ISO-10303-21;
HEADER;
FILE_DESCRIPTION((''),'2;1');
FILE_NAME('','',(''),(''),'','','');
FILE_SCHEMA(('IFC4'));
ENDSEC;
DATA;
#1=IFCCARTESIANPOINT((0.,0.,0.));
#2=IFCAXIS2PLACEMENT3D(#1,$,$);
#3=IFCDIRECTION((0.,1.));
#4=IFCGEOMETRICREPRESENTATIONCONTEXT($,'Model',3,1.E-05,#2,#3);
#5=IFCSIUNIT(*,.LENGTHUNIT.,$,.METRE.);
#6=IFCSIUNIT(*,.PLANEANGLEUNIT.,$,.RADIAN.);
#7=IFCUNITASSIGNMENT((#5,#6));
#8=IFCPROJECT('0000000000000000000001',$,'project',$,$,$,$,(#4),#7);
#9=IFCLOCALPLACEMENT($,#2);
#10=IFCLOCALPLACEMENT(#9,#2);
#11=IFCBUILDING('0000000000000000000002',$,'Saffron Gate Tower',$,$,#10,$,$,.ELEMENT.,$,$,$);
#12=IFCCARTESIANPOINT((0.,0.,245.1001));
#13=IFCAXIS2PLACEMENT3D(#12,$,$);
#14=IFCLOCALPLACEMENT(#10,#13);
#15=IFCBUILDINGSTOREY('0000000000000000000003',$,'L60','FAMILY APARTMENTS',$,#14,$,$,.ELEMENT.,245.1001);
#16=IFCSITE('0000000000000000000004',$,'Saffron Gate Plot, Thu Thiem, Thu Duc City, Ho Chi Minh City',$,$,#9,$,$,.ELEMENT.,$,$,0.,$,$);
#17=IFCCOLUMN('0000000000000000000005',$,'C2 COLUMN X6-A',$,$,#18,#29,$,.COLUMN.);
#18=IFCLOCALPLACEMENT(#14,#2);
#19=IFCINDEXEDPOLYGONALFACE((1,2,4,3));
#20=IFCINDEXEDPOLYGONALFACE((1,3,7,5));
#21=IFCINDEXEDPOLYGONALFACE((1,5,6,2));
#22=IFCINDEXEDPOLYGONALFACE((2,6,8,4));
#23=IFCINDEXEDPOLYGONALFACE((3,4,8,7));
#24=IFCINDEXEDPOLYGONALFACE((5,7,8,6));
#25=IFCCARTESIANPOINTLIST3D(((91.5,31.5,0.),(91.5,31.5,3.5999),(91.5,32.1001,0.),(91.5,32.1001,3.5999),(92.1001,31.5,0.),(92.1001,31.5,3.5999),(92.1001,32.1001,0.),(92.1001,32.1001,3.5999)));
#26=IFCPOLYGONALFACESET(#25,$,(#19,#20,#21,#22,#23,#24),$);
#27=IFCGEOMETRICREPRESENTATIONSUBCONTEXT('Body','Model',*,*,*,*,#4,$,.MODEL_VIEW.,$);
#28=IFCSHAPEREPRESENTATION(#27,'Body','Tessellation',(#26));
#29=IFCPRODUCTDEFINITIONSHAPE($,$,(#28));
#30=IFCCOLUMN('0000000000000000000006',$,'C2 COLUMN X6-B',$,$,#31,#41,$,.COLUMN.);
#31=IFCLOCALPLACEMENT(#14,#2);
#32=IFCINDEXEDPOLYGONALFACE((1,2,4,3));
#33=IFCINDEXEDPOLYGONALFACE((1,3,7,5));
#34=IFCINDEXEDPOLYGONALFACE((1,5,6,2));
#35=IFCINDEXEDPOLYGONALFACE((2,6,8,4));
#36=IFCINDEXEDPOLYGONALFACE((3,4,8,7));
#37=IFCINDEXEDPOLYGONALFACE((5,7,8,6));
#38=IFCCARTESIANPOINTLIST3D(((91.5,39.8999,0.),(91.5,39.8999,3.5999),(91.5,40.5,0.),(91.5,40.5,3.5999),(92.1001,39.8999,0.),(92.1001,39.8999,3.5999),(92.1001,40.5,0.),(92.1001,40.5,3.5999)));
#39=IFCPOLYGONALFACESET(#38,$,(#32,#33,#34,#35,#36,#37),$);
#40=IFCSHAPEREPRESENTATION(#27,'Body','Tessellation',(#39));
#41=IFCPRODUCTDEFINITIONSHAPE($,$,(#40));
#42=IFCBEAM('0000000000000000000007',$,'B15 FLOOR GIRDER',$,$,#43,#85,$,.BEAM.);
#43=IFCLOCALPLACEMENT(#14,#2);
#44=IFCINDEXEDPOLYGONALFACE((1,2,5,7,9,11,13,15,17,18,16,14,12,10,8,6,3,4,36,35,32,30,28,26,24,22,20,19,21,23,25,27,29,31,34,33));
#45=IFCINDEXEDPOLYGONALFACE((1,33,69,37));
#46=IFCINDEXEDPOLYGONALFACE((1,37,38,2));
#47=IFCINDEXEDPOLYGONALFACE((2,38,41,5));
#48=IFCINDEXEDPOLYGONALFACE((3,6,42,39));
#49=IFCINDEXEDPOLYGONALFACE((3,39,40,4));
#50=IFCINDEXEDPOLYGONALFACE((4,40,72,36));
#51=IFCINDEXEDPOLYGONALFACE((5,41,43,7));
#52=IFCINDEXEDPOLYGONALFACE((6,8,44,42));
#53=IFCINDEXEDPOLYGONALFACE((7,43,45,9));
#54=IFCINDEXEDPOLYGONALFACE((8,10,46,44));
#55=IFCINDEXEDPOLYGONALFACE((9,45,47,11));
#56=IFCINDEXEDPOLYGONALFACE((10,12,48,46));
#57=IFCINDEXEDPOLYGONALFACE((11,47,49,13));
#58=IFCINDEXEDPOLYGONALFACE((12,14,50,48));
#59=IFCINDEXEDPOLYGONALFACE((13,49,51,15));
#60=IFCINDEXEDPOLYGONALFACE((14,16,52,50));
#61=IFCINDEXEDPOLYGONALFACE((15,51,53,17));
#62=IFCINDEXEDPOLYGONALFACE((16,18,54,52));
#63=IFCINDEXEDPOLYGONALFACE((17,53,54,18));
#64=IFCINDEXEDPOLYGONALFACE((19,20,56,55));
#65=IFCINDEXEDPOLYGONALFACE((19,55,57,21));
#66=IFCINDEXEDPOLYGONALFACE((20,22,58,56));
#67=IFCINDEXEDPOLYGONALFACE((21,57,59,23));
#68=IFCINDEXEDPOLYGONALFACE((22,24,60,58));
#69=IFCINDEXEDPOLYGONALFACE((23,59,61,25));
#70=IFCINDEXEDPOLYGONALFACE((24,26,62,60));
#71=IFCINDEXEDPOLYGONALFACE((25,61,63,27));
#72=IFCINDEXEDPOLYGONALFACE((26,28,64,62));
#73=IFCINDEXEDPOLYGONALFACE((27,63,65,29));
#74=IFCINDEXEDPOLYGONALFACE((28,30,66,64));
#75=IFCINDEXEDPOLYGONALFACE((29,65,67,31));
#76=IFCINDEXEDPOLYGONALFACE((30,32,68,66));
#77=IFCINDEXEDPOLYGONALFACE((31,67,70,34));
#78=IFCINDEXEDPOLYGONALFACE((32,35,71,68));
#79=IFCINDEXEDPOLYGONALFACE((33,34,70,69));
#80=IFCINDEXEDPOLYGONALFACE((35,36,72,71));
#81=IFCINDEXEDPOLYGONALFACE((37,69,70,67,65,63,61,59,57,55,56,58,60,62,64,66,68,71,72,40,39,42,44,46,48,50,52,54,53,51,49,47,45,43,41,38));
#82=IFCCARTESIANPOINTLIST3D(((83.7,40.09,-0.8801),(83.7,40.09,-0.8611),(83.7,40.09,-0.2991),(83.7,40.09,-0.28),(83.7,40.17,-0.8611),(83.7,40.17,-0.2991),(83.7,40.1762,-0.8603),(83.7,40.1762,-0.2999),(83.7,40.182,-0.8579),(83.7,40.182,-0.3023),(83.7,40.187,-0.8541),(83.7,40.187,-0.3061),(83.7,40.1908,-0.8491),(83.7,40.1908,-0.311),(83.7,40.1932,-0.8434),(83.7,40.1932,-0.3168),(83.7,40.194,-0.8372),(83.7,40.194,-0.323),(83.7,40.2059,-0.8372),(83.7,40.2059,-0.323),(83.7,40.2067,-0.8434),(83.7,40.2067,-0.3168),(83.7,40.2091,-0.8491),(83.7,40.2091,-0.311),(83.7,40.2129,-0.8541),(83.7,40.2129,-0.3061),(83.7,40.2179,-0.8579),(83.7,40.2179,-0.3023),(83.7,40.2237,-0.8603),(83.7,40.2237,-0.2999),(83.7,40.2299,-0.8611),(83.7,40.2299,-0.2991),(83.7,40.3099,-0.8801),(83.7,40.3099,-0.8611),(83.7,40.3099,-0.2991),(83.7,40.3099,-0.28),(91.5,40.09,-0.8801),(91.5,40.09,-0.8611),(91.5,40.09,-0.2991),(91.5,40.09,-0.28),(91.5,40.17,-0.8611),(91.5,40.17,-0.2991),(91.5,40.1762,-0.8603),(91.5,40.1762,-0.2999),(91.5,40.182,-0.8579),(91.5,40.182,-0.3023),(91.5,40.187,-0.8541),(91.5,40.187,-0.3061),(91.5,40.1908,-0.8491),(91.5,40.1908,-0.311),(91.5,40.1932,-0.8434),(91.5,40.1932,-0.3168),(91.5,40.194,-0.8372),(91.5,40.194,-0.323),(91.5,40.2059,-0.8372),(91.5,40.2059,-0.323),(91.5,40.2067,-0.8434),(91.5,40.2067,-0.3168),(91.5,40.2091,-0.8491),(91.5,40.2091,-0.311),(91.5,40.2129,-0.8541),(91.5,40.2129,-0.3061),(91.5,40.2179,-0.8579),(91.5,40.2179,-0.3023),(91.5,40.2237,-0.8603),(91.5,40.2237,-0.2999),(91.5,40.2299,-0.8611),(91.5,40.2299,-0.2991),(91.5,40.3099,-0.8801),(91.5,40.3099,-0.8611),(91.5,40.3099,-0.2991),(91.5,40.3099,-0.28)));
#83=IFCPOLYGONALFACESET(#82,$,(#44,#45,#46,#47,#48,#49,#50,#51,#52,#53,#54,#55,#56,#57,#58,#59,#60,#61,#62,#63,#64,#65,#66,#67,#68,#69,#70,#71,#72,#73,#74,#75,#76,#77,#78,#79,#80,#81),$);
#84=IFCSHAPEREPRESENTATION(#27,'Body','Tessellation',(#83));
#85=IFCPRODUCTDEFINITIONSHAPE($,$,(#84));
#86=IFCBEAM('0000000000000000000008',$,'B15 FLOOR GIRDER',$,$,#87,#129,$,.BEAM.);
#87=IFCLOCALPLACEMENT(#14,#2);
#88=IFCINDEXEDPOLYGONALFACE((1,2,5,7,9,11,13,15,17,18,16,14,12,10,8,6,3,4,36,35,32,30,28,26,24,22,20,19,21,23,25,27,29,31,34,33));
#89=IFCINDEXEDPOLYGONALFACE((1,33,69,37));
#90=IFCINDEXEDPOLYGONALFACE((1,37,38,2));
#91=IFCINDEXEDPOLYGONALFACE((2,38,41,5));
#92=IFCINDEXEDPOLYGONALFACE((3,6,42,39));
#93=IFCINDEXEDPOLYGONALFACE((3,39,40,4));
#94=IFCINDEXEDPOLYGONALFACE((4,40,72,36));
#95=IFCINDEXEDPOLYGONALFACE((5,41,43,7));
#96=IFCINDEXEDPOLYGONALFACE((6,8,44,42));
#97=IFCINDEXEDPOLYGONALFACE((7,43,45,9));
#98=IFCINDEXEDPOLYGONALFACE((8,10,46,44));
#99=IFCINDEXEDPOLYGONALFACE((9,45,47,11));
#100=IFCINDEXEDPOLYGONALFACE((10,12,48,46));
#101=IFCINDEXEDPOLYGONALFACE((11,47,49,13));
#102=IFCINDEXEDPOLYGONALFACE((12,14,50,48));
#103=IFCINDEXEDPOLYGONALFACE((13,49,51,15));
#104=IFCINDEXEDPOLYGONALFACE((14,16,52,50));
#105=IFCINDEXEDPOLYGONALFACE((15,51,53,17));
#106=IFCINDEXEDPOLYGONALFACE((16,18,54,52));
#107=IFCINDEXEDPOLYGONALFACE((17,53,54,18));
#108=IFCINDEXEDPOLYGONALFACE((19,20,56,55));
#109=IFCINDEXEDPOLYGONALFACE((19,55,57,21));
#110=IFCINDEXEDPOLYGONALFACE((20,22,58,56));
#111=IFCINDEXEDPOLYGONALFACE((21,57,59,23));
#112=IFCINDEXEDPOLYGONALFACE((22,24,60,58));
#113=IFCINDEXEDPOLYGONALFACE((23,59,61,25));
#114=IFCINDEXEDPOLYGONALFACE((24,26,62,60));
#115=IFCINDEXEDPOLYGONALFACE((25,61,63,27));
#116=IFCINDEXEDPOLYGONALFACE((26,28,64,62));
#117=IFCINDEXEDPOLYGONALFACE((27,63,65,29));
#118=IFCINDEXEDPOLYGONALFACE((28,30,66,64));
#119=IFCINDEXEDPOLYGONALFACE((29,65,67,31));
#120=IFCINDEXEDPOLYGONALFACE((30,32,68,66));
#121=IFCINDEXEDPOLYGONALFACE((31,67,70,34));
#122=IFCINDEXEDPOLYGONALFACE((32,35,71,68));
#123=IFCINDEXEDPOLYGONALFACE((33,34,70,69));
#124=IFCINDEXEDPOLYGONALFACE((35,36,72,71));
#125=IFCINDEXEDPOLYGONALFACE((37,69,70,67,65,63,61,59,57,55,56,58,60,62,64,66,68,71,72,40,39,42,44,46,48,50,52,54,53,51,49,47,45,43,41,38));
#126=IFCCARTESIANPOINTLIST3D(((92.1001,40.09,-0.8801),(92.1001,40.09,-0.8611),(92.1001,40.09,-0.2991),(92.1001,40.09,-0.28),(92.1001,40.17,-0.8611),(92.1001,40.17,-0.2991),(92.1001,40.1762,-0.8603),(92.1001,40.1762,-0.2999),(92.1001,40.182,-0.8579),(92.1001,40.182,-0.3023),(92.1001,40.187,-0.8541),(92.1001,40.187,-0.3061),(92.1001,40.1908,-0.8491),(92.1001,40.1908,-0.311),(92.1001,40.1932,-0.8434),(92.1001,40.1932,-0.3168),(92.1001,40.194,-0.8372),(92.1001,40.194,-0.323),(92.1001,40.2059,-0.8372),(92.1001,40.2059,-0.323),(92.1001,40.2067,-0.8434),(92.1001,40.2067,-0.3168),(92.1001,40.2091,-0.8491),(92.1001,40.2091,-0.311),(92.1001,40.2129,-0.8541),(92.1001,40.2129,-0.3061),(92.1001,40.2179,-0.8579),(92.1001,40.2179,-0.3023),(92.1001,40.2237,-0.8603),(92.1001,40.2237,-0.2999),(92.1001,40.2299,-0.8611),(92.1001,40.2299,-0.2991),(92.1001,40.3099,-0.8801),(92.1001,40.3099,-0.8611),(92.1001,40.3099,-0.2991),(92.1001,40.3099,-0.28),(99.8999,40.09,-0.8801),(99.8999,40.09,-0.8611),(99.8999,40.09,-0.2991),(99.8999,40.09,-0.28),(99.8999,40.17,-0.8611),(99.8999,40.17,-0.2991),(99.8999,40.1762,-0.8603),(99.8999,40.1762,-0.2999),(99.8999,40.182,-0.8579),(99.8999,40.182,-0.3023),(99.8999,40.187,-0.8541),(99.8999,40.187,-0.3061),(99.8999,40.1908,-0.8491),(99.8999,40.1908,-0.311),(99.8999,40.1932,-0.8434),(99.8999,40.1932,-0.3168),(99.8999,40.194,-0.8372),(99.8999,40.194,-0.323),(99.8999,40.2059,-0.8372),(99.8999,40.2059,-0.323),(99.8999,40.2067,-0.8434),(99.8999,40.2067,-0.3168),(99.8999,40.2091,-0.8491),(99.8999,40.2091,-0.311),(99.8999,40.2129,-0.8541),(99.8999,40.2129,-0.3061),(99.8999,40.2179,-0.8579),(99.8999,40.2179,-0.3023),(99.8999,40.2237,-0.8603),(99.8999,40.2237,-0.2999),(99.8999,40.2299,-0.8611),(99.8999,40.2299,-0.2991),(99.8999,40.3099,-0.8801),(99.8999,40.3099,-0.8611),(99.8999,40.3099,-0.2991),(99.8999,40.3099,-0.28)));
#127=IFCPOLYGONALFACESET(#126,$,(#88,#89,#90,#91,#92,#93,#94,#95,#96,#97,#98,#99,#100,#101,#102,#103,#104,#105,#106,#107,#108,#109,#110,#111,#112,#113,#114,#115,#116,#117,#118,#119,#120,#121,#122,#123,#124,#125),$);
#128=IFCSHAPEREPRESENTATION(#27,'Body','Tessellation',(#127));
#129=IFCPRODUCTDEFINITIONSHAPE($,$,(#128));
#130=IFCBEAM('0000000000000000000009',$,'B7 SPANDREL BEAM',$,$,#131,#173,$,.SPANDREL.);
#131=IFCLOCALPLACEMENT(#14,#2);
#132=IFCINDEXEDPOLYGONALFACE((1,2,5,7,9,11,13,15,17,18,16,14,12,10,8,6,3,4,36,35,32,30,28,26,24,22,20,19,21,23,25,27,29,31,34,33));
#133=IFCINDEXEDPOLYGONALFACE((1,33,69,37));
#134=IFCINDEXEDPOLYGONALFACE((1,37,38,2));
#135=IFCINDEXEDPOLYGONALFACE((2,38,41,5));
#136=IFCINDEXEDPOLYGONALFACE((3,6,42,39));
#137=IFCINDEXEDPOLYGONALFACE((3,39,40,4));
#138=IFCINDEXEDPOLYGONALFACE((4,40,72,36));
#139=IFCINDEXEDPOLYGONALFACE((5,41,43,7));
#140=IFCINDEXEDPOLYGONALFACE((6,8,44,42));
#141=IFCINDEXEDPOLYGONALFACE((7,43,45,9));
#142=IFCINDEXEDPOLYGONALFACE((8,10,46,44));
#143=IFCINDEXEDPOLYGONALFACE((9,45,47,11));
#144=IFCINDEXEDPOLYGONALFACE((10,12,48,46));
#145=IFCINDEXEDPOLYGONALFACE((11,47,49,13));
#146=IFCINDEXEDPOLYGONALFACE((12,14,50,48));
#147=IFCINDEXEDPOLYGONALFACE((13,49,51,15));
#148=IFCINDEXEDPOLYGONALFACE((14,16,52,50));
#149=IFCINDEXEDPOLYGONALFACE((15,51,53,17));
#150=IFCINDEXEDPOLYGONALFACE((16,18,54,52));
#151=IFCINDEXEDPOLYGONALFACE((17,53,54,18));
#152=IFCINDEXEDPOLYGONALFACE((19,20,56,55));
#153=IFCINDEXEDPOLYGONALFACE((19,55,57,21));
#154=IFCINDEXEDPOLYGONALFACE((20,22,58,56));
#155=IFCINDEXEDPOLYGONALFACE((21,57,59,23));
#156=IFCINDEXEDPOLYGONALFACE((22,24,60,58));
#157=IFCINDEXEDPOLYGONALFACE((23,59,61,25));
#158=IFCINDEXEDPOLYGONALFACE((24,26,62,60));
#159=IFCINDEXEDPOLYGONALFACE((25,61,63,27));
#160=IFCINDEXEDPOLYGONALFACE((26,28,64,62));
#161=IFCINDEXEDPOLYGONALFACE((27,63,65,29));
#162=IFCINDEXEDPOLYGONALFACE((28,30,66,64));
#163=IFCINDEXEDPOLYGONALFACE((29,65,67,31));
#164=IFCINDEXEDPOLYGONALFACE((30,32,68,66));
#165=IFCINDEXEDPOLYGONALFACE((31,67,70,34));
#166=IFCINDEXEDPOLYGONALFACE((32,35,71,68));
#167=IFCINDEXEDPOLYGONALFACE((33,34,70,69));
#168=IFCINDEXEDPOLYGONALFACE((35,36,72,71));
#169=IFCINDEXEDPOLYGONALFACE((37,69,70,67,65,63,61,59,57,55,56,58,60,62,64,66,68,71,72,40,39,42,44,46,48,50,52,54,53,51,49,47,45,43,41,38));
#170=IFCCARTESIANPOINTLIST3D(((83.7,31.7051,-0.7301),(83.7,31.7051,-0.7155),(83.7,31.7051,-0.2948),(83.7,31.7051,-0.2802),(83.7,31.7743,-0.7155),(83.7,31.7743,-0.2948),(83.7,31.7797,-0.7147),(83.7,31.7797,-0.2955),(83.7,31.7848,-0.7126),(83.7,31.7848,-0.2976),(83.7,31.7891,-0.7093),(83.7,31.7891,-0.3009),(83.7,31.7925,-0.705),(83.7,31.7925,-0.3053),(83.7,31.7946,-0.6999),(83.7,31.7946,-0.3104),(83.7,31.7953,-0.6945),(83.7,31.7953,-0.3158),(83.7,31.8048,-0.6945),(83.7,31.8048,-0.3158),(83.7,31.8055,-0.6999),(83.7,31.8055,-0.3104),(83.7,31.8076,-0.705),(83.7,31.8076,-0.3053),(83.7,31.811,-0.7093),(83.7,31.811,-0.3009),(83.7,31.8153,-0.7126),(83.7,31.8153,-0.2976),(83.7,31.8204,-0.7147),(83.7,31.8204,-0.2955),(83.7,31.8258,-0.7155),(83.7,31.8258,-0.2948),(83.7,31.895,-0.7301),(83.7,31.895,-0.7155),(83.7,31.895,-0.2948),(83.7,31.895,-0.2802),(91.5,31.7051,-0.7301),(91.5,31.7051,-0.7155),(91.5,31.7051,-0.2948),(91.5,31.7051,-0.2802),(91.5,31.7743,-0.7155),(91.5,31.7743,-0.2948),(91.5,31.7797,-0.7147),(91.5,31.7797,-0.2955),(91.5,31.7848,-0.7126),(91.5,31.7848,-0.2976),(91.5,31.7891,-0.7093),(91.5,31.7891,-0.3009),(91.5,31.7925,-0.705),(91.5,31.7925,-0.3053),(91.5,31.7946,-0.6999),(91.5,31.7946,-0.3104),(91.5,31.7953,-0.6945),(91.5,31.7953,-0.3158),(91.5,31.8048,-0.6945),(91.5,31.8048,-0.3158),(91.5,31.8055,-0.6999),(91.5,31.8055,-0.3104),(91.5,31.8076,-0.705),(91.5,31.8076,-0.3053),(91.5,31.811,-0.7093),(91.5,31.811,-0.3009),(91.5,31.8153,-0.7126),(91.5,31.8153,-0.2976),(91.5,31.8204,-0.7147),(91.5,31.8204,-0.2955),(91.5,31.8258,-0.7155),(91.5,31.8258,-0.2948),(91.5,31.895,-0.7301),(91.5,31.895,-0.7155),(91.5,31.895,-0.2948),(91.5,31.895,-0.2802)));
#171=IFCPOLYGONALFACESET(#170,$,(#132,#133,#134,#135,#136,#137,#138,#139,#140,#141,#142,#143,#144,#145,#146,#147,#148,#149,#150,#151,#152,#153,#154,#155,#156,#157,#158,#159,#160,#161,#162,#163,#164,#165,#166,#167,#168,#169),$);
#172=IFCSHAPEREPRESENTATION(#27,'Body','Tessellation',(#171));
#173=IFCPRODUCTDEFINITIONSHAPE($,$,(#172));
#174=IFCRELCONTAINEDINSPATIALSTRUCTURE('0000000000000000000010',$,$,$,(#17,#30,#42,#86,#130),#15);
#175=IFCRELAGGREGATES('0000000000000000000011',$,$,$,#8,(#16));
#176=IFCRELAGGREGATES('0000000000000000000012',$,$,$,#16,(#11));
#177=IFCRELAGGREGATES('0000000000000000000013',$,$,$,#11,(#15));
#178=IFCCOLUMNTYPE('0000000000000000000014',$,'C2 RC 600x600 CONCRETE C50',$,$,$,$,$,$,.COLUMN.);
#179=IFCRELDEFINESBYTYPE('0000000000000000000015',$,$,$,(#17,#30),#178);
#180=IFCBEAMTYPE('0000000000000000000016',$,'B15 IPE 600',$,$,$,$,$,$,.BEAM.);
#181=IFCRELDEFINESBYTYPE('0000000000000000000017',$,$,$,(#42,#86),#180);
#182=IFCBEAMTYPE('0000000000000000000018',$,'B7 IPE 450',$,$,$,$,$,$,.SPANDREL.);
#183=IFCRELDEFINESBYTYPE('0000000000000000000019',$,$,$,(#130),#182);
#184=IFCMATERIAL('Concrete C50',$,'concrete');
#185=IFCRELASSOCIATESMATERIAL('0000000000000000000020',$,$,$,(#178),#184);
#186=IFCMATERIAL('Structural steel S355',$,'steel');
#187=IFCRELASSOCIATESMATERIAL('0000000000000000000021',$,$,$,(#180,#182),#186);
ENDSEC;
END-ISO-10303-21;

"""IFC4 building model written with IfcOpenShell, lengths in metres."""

from ifc_helpers import new_model, si_unit, direction, frame, origin, origin_2d, place, context, subcontext, project, spatial, rectangle, i_section, extrude, material, material_profile, profile_set, type_object, element, save


model = new_model("IFC4")

# Units and contexts
model_context = context("Model", 3, precision=1e-05, world=origin(), true_north=direction((0.0, 1.0)))
body_context = subcontext(model_context, "Body", "Model", "MODEL_VIEW")
ifc_project = project(units=[si_unit("LENGTHUNIT", "METRE"), si_unit("PLANEANGLEUNIT", "RADIAN")], contexts=[model_context])

# Site, building, storey
site_placement = place(None, origin())
site = spatial("IfcSite", under=ifc_project, at=site_placement, Name="Saffron Gate Plot, Thu Thiem, Thu Duc City, Ho Chi Minh City", CompositionType="ELEMENT", RefElevation=0.0)
building_placement = place(site_placement, origin())
building = spatial("IfcBuilding", under=site, at=building_placement, Name="Saffron Gate Tower", CompositionType="ELEMENT")
storey_placement = place(building_placement, frame((0.0, 0.0, 245.1001)))
storey = spatial("IfcBuildingStorey", under=building, at=storey_placement, Name="L60", Description="FAMILY APARTMENTS", CompositionType="ELEMENT", Elevation=245.1001)

# Columns
ifc_material_1 = material(Name="Concrete C50", Category="concrete")
ifc_material_profile_1 = material_profile(ifc_material_1, rectangle(XDim=0.6001, YDim=0.6001, at=origin_2d()))
ifc_profile_set_1 = profile_set([ifc_material_profile_1], Name="Concrete C50")
column_type = type_object("IfcColumnType", Name="C2 RC 600x600 CONCRETE C50", PredefinedType="COLUMN", material=ifc_profile_set_1)
for number, where, z_axis, x_axis, name in (
    (1, (91.8, 31.8, 0.0), (0.0, 0.0, 1.0), (1.0, 0.0, 0.0), "C2 COLUMN X6-A"),
    (2, (91.8, 40.2, 0.0), (0.0, 0.0, 1.0), (1.0, 0.0, 0.0), "C2 COLUMN X6-B"),
):
    element("IfcColumn", number, at=place(storey_placement, frame(where, z_axis=z_axis, x_axis=x_axis)), inside=storey, type_object=column_type, Name=name, PredefinedType="COLUMN", context=body_context, shape_type="SweptSolid", body=[
        extrude(rectangle(XDim=0.6001, YDim=0.6001, at=origin_2d()), origin(), (0.0, 0.0, 1.0), 3.5999),
    ])

# Beams
ifc_material_2 = material(Name="Structural steel S355", Category="steel")
ifc_material_profile_2 = material_profile(ifc_material_2, i_section(OverallWidth=0.22, OverallDepth=0.6001, WebThickness=0.012, FlangeThickness=0.019, FilletRadius=0.0239, at=origin_2d()))
ifc_profile_set_2 = profile_set([ifc_material_profile_2], Name="Structural steel S355")
beam_type_1 = type_object("IfcBeamType", Name="B15 IPE 600", PredefinedType="BEAM", material=ifc_profile_set_2)
beam_1_placement = place(storey_placement, frame((83.7, 40.2, -0.5801), z_axis=(1.0, 0.0, 0.0), x_axis=(0.0, 1.0, 0.0)))
element("IfcBeam", 3, at=beam_1_placement, inside=storey, type_object=beam_type_1, Name="B15 FLOOR GIRDER", PredefinedType="BEAM", context=body_context, shape_type="SweptSolid", body=[
    extrude(i_section(OverallWidth=0.22, OverallDepth=0.6001, WebThickness=0.012, FlangeThickness=0.019, FilletRadius=0.0239, at=origin_2d()), origin(), (0.0, 0.0, 1.0), 7.8),
])
beam_2_placement = place(storey_placement, frame((92.1001, 40.2, -0.5801), z_axis=(1.0, 0.0, 0.0), x_axis=(0.0, 1.0, 0.0)))
element("IfcBeam", 4, at=beam_2_placement, inside=storey, type_object=beam_type_1, Name="B15 FLOOR GIRDER", PredefinedType="BEAM", context=body_context, shape_type="SweptSolid", body=[
    extrude(i_section(OverallWidth=0.22, OverallDepth=0.6001, WebThickness=0.012, FlangeThickness=0.019, FilletRadius=0.0239, at=origin_2d()), origin(), (0.0, 0.0, 1.0), 7.7998),
])
ifc_material_profile_3 = material_profile(ifc_material_2, i_section(OverallWidth=0.1899, OverallDepth=0.45, WebThickness=0.0095, FlangeThickness=0.0146, FilletRadius=0.021, at=origin_2d()))
ifc_profile_set_3 = profile_set([ifc_material_profile_3], Name="Structural steel S355")
beam_type_2 = type_object("IfcBeamType", Name="B7 IPE 450", PredefinedType="SPANDREL", material=ifc_profile_set_3)
beam_3_placement = place(storey_placement, frame((83.7, 31.8, -0.5051), z_axis=(1.0, 0.0, 0.0), x_axis=(0.0, 1.0, 0.0)))
element("IfcBeam", 5, at=beam_3_placement, inside=storey, type_object=beam_type_2, Name="B7 SPANDREL BEAM", PredefinedType="SPANDREL", context=body_context, shape_type="SweptSolid", body=[
    extrude(i_section(OverallWidth=0.1899, OverallDepth=0.45, WebThickness=0.0095, FlangeThickness=0.0146, FilletRadius=0.021, at=origin_2d()), origin(), (0.0, 0.0, 1.0), 7.8),
])

save(model, "model.ifc")
